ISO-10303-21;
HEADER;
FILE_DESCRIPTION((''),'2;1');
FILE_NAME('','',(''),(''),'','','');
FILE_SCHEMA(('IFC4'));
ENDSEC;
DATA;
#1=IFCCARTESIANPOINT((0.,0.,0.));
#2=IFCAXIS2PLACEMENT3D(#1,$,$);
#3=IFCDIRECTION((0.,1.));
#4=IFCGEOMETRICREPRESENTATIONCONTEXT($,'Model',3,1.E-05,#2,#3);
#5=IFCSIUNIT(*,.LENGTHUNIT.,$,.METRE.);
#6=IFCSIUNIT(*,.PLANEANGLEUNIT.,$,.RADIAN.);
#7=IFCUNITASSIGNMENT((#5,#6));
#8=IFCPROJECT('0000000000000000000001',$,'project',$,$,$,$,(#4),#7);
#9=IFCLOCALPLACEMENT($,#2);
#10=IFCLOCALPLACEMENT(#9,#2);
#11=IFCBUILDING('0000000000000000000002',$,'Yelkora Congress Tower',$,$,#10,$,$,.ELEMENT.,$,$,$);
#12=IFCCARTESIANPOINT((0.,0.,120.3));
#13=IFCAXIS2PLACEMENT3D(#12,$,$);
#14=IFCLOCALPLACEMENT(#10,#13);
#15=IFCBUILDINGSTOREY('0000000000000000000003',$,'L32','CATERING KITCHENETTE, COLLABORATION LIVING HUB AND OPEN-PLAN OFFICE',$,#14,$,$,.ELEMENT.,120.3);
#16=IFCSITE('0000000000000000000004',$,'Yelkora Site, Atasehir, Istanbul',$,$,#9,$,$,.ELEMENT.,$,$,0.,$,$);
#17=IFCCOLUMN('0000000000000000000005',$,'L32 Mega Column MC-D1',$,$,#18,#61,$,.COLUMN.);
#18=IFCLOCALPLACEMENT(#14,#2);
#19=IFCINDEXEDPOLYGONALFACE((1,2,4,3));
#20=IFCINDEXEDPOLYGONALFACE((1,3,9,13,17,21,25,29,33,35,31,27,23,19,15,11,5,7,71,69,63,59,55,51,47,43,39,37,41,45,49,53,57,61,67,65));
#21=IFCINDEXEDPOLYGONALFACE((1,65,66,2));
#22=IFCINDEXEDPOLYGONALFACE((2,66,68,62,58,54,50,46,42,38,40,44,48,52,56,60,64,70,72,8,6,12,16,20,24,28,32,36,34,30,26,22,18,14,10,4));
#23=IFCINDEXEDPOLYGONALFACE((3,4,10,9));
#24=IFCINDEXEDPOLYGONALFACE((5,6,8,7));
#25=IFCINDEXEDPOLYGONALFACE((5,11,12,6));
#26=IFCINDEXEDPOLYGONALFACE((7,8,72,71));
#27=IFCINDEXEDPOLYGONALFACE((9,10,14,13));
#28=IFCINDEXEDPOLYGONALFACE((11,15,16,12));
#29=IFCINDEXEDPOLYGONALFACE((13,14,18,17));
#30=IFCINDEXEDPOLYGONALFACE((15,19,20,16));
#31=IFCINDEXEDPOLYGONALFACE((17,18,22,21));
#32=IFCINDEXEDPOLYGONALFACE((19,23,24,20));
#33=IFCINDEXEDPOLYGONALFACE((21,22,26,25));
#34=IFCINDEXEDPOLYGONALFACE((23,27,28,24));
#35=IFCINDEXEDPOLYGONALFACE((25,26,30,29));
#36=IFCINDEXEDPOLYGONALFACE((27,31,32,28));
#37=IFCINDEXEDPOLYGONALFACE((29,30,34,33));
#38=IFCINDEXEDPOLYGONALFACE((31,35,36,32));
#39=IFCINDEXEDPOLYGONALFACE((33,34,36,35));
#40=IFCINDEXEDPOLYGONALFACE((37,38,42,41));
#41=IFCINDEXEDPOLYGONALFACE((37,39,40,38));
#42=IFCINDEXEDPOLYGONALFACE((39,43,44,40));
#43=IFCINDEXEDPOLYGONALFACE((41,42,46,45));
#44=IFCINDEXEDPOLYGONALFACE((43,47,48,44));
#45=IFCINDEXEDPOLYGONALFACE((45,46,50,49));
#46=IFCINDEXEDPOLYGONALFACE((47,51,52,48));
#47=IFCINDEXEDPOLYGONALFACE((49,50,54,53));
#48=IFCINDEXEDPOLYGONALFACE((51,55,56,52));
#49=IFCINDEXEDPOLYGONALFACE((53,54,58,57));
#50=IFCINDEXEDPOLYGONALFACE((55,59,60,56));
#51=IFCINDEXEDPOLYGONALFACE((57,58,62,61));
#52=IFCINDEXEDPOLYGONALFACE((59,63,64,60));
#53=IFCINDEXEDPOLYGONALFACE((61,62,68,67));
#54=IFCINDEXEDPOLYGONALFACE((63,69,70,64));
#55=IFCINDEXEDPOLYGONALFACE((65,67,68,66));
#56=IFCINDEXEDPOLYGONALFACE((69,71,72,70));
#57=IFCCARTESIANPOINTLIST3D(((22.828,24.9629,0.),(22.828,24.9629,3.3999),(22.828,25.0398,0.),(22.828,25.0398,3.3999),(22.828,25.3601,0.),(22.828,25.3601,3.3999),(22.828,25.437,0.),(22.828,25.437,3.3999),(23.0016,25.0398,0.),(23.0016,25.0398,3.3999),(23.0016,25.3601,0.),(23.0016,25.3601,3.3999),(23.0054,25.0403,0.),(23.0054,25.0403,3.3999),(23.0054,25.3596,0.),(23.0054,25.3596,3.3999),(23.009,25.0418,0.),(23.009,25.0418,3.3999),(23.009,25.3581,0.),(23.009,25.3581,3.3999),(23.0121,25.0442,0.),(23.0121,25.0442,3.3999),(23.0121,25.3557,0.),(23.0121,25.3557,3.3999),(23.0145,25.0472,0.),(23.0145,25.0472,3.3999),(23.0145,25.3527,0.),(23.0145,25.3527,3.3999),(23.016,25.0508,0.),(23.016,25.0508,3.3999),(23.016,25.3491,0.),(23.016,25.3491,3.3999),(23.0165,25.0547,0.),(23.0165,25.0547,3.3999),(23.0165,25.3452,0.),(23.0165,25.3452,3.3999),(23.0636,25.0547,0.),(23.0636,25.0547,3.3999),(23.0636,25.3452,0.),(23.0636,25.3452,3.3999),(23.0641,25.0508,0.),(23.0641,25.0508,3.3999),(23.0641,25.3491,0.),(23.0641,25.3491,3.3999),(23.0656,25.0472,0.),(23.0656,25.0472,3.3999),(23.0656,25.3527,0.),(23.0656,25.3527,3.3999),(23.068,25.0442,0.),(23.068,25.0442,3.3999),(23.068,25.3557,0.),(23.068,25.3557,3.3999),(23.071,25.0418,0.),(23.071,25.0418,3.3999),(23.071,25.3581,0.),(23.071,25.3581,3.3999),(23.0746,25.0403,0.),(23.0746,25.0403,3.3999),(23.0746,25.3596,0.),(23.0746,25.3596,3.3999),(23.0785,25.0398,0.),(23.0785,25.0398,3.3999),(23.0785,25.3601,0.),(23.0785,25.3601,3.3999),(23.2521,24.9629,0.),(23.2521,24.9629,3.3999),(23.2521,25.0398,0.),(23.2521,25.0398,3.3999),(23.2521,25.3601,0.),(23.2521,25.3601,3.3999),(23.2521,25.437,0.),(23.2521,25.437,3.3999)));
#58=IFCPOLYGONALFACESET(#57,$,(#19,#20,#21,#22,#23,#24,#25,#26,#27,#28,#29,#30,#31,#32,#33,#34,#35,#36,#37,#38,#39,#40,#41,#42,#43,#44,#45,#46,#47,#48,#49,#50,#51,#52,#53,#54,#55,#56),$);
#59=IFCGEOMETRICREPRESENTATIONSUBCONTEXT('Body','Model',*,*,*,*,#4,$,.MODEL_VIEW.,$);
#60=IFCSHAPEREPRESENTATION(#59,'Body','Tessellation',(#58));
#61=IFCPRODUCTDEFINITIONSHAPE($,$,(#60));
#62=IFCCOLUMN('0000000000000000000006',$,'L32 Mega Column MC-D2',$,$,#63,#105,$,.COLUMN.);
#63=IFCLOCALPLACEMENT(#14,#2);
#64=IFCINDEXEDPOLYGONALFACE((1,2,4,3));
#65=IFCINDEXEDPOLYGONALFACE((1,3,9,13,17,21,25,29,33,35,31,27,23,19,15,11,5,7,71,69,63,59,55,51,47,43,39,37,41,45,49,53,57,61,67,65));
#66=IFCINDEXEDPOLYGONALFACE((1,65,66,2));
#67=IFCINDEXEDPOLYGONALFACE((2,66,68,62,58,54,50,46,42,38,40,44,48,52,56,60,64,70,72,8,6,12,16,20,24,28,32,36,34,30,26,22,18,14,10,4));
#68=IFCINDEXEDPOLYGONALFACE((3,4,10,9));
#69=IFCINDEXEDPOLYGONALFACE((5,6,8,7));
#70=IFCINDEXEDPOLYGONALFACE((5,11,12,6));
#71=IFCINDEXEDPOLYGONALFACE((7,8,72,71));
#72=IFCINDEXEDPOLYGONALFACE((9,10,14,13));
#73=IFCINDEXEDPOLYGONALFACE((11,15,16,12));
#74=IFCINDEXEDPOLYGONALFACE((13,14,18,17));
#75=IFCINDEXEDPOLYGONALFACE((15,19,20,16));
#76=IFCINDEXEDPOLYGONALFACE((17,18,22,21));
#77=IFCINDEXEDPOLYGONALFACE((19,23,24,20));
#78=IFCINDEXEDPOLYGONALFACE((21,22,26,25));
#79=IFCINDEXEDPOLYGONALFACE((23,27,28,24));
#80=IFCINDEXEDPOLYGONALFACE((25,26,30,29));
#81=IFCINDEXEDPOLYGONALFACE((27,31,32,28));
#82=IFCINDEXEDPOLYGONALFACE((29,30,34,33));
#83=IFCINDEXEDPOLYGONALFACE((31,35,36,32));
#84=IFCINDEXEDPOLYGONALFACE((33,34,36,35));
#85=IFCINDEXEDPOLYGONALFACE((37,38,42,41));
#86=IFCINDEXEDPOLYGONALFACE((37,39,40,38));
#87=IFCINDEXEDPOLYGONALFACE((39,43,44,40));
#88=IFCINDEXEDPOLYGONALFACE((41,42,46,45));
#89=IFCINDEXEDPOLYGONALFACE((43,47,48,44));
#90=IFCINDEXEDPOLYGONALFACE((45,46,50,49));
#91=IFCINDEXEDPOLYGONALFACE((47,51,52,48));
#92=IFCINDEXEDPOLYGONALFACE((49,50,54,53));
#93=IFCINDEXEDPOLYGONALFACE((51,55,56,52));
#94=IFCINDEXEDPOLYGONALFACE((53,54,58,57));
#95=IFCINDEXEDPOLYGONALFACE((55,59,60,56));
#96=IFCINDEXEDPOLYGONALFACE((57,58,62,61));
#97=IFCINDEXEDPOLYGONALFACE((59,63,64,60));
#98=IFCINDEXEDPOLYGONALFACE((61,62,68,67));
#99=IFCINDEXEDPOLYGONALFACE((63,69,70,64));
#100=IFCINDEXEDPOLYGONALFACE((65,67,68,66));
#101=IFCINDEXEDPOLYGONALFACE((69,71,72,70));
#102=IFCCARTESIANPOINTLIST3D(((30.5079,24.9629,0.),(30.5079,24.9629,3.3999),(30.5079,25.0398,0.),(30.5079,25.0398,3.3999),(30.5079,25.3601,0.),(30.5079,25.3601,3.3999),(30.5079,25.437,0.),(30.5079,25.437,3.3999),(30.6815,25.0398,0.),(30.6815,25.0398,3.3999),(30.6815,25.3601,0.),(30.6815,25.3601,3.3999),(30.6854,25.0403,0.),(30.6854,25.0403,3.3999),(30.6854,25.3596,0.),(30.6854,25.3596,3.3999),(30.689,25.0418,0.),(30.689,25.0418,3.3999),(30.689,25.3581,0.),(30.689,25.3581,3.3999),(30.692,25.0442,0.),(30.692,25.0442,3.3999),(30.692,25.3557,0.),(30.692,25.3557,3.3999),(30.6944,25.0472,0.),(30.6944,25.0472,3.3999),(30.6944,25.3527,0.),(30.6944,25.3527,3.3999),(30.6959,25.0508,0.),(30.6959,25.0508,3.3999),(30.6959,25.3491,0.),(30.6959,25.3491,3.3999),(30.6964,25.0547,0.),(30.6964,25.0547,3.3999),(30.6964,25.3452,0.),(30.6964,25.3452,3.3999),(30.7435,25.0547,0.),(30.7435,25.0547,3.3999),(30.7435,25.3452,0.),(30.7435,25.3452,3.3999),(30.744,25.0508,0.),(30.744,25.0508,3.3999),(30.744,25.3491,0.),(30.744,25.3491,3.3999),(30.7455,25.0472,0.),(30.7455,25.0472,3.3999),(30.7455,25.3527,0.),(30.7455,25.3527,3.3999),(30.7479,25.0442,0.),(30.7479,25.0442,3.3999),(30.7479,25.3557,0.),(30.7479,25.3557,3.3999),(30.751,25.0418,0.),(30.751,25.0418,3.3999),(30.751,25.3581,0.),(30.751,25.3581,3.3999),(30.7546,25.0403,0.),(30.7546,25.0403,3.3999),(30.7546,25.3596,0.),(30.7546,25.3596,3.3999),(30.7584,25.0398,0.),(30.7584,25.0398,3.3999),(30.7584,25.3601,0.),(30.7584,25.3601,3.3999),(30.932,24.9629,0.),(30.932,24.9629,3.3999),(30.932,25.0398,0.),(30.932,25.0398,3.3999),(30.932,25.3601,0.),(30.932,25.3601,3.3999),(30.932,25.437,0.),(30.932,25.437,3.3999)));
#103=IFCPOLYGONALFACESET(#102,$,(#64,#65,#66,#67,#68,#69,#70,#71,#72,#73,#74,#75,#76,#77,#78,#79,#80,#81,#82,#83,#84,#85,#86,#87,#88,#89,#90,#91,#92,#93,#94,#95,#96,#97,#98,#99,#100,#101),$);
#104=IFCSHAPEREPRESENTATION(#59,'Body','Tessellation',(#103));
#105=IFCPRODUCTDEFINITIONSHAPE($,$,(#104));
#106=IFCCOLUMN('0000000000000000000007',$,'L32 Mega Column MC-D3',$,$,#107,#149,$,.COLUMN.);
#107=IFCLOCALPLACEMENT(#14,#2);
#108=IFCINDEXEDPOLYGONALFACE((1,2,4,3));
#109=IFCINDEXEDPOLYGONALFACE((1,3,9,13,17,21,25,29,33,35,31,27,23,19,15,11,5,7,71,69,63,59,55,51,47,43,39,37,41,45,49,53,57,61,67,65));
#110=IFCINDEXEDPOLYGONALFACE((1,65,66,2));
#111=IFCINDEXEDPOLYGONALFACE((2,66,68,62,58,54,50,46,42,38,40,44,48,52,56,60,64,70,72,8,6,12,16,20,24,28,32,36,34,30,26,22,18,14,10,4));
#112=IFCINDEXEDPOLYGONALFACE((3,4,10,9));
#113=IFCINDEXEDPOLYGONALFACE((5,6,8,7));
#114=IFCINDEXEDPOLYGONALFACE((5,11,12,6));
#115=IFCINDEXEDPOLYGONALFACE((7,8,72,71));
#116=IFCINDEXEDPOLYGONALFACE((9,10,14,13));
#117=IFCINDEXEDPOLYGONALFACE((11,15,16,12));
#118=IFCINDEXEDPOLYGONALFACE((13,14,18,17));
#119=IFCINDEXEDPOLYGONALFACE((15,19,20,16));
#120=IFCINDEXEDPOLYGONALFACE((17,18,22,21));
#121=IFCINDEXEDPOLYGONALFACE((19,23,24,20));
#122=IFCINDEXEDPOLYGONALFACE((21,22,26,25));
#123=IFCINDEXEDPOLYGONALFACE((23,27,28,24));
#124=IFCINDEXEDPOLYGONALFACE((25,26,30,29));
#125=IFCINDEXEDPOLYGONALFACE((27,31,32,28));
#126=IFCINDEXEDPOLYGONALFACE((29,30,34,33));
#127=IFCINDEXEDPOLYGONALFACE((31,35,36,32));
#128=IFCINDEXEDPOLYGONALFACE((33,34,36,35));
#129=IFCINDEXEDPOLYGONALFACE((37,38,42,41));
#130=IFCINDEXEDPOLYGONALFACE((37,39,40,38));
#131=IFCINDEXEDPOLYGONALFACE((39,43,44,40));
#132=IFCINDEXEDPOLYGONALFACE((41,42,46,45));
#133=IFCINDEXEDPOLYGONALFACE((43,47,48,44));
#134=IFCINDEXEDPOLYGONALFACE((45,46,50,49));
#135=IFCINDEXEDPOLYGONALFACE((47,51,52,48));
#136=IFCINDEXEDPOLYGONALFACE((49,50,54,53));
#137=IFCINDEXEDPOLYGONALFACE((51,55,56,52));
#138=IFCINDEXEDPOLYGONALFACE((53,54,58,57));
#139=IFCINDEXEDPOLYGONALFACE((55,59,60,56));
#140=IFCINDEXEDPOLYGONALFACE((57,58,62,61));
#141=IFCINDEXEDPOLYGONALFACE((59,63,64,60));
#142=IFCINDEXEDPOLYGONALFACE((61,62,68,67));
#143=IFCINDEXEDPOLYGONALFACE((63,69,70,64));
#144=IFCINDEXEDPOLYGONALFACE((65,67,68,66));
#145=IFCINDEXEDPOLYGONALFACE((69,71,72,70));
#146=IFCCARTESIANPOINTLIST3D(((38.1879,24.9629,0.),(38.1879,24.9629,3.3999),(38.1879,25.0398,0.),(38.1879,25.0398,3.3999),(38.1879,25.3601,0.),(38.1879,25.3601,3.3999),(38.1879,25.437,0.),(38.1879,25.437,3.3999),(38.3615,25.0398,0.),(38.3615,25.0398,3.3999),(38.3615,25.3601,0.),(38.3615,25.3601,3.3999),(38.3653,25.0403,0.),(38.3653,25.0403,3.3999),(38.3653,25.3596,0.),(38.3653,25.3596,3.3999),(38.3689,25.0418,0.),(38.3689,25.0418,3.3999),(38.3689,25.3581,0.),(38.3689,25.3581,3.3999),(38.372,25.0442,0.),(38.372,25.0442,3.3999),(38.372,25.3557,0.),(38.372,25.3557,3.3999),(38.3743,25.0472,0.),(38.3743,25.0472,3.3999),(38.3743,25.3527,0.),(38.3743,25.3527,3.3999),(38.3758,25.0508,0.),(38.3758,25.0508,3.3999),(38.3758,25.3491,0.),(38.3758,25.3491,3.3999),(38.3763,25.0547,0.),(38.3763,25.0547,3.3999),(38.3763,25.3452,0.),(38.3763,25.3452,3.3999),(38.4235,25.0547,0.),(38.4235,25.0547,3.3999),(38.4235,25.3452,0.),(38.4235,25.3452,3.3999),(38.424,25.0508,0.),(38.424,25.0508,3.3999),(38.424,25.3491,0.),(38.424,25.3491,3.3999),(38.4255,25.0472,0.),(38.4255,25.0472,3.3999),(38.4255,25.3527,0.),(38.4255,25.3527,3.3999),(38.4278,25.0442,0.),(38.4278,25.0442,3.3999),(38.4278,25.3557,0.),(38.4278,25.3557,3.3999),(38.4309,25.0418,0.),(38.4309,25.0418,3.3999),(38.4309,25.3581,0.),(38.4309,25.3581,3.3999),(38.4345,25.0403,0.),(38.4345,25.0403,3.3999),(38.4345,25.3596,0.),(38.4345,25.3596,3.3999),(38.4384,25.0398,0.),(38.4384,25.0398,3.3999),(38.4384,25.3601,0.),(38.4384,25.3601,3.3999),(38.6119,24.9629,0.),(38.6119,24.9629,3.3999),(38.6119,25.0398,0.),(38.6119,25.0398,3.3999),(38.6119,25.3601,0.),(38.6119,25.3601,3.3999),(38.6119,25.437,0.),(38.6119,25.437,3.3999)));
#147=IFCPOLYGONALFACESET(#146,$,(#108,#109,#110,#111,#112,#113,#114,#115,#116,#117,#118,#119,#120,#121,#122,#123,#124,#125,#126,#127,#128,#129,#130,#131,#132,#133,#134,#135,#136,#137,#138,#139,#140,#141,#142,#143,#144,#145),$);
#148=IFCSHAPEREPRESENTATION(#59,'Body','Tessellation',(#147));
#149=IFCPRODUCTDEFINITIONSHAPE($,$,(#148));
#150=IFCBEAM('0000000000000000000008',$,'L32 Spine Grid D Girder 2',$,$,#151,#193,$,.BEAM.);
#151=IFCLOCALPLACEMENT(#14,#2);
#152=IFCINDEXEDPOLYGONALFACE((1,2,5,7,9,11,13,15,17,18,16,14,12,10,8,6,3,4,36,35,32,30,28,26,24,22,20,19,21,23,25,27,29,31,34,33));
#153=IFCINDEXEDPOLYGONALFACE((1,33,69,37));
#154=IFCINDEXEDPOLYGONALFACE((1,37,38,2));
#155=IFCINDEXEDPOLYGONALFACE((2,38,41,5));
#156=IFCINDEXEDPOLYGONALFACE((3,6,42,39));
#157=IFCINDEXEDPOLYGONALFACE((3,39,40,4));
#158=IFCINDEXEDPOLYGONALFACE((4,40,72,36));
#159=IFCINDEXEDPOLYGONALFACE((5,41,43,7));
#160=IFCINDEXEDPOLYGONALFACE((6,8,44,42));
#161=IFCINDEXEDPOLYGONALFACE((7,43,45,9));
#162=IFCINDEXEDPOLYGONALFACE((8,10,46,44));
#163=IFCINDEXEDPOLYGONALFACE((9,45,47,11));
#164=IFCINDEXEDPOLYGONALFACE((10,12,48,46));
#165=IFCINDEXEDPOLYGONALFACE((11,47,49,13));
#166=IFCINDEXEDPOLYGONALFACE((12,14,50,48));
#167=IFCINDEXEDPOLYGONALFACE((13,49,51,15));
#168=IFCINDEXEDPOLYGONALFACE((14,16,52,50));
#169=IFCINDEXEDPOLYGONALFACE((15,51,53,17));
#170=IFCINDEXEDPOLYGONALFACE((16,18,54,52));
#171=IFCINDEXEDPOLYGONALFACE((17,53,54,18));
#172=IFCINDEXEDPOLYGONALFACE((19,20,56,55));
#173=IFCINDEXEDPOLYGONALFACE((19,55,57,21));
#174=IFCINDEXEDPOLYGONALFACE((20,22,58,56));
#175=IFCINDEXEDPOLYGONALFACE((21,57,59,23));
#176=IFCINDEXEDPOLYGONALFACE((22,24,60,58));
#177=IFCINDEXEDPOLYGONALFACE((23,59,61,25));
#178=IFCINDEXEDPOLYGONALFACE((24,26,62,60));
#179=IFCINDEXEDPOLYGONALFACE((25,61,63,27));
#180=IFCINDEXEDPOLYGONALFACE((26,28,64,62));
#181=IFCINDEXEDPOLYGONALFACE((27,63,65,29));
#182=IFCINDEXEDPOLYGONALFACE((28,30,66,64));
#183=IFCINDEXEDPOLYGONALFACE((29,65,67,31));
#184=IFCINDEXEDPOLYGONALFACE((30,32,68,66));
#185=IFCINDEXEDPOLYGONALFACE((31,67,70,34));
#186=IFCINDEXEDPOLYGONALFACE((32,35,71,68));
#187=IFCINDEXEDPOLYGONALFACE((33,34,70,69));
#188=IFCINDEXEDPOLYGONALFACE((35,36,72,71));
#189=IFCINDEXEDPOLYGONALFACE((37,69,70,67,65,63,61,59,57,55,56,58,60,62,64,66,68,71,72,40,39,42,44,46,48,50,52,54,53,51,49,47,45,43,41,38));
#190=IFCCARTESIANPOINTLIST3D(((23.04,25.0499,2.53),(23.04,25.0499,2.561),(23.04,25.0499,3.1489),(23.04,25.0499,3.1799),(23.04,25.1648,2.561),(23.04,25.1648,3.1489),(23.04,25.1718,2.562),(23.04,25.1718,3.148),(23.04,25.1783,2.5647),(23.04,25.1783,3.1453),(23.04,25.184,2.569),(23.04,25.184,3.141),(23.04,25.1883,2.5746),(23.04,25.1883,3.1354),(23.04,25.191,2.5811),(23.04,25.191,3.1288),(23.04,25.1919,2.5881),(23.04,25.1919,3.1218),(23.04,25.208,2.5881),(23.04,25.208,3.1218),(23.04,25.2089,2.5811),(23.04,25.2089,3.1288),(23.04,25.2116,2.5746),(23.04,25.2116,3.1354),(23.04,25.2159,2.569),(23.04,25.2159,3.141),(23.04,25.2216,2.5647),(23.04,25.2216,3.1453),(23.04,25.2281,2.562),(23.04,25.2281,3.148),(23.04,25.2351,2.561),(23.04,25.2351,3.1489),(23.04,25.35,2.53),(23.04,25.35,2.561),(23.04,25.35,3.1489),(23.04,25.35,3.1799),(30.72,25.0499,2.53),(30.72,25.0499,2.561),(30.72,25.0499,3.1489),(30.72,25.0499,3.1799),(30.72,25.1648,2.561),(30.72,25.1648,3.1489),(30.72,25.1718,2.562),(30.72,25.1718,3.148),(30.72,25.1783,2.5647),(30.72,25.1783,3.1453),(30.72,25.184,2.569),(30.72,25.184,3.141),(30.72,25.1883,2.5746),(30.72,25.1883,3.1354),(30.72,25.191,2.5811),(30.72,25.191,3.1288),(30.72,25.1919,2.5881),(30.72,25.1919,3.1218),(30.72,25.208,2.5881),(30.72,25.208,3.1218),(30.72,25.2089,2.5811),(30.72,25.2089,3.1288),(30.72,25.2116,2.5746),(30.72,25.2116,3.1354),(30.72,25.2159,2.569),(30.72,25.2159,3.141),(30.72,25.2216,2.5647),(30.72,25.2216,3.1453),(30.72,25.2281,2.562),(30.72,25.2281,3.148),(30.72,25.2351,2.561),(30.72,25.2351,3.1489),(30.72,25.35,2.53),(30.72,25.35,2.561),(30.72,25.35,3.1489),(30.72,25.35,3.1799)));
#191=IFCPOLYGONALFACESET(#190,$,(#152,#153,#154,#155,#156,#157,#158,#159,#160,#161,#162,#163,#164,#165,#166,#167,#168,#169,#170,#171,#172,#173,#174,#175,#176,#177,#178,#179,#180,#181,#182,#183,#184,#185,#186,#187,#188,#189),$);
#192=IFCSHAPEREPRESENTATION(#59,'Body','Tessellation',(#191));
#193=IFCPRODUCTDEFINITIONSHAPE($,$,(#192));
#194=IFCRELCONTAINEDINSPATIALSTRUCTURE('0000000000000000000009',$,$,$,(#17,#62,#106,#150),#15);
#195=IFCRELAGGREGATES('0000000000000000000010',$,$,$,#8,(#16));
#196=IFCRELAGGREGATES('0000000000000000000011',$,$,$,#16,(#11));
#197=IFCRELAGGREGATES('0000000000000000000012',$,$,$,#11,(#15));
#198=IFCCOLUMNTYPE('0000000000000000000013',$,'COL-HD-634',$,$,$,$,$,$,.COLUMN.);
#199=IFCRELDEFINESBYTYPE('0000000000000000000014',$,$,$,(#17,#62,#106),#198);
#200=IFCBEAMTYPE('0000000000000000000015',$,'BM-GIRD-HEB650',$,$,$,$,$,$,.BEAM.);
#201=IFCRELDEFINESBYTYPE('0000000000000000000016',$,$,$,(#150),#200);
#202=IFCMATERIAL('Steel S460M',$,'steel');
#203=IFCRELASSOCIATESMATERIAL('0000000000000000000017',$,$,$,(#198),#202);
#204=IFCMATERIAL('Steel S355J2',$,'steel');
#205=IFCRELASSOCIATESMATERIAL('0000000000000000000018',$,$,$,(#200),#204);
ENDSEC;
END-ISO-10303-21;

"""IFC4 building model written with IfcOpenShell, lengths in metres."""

from ifc_helpers import new_model, si_unit, direction, frame, origin, origin_2d, place, context, subcontext, project, spatial, i_section, extrude, material, material_profile, profile_set, type_object, element, save


model = new_model("IFC4")

# Units and contexts
model_context = context("Model", 3, precision=1e-05, world=origin(), true_north=direction((0.0, 1.0)))
body_context = subcontext(model_context, "Body", "Model", "MODEL_VIEW")
ifc_project = project(units=[si_unit("LENGTHUNIT", "METRE"), si_unit("PLANEANGLEUNIT", "RADIAN")], contexts=[model_context])

# Site, building, storey
site_placement = place(None, origin())
site = spatial("IfcSite", under=ifc_project, at=site_placement, Name="Yelkora Site, Atasehir, Istanbul", CompositionType="ELEMENT", RefElevation=0.0)
building_placement = place(site_placement, origin())
building = spatial("IfcBuilding", under=site, at=building_placement, Name="Yelkora Congress Tower", CompositionType="ELEMENT")
storey_placement = place(building_placement, frame((0.0, 0.0, 120.3)))
storey = spatial("IfcBuildingStorey", under=building, at=storey_placement, Name="L32", Description="CATERING KITCHENETTE, COLLABORATION LIVING HUB AND OPEN-PLAN OFFICE", CompositionType="ELEMENT", Elevation=120.3)

# Columns
ifc_material_1 = material(Name="Steel S460M", Category="steel")
ifc_material_profile_1 = material_profile(ifc_material_1, i_section(OverallWidth=0.4241, OverallDepth=0.4741, WebThickness=0.0471, FlangeThickness=0.0769, FilletRadius=0.0149, at=origin_2d()), Name="HD 400x634")
ifc_profile_set_1 = profile_set([ifc_material_profile_1], Name="Steel S460M")
column_type = type_object("IfcColumnType", Name="COL-HD-634", PredefinedType="COLUMN", material=ifc_profile_set_1)
for number, where, z_axis, x_axis, name in (
    (1, (23.04, 25.2, 0.0), (0.0, 0.0, 1.0), (1.0, 0.0, 0.0), "L32 Mega Column MC-D1"),
    (2, (30.72, 25.2, 0.0), (0.0, 0.0, 1.0), (1.0, 0.0, 0.0), "L32 Mega Column MC-D2"),
    (3, (38.3999, 25.2, 0.0), (0.0, 0.0, 1.0), (1.0, 0.0, 0.0), "L32 Mega Column MC-D3"),
):
    element("IfcColumn", number, at=place(storey_placement, frame(where, z_axis=z_axis, x_axis=x_axis)), inside=storey, type_object=column_type, Name=name, PredefinedType="COLUMN", context=body_context, shape_type="SweptSolid", body=[
        extrude(i_section(OverallWidth=0.4241, OverallDepth=0.4741, WebThickness=0.0471, FlangeThickness=0.0769, FilletRadius=0.0149, at=origin_2d()), origin(), (0.0, 0.0, 1.0), 3.3999),
    ])

# Beam
ifc_material_2 = material(Name="Steel S355J2", Category="steel")
ifc_material_profile_2 = material_profile(ifc_material_2, i_section(OverallWidth=0.3, OverallDepth=0.6499, WebThickness=0.0161, FlangeThickness=0.031, FilletRadius=0.0271, at=origin_2d()), Name="HEB 650")
ifc_profile_set_2 = profile_set([ifc_material_profile_2], Name="Steel S355J2")
beam_type_1 = type_object("IfcBeamType", Name="BM-GIRD-HEB650", PredefinedType="BEAM", material=ifc_profile_set_2)
for number, where, z_axis, x_axis, name in (
    (4, (23.04, 25.2, 2.855), (1.0, 0.0, 0.0), (0.0, 1.0, 0.0), "L32 Spine Grid D Girder 2"),
):
    element("IfcBeam", number, at=place(storey_placement, frame(where, z_axis=z_axis, x_axis=x_axis)), inside=storey, type_object=beam_type_1, Name=name, PredefinedType="BEAM", context=body_context, shape_type="SweptSolid", body=[
        extrude(i_section(OverallWidth=0.3, OverallDepth=0.6499, WebThickness=0.0161, FlangeThickness=0.031, FilletRadius=0.0271, at=origin_2d()), origin(), (0.0, 0.0, 1.0), 7.6799),
    ])

save(model, "model.ifc")
